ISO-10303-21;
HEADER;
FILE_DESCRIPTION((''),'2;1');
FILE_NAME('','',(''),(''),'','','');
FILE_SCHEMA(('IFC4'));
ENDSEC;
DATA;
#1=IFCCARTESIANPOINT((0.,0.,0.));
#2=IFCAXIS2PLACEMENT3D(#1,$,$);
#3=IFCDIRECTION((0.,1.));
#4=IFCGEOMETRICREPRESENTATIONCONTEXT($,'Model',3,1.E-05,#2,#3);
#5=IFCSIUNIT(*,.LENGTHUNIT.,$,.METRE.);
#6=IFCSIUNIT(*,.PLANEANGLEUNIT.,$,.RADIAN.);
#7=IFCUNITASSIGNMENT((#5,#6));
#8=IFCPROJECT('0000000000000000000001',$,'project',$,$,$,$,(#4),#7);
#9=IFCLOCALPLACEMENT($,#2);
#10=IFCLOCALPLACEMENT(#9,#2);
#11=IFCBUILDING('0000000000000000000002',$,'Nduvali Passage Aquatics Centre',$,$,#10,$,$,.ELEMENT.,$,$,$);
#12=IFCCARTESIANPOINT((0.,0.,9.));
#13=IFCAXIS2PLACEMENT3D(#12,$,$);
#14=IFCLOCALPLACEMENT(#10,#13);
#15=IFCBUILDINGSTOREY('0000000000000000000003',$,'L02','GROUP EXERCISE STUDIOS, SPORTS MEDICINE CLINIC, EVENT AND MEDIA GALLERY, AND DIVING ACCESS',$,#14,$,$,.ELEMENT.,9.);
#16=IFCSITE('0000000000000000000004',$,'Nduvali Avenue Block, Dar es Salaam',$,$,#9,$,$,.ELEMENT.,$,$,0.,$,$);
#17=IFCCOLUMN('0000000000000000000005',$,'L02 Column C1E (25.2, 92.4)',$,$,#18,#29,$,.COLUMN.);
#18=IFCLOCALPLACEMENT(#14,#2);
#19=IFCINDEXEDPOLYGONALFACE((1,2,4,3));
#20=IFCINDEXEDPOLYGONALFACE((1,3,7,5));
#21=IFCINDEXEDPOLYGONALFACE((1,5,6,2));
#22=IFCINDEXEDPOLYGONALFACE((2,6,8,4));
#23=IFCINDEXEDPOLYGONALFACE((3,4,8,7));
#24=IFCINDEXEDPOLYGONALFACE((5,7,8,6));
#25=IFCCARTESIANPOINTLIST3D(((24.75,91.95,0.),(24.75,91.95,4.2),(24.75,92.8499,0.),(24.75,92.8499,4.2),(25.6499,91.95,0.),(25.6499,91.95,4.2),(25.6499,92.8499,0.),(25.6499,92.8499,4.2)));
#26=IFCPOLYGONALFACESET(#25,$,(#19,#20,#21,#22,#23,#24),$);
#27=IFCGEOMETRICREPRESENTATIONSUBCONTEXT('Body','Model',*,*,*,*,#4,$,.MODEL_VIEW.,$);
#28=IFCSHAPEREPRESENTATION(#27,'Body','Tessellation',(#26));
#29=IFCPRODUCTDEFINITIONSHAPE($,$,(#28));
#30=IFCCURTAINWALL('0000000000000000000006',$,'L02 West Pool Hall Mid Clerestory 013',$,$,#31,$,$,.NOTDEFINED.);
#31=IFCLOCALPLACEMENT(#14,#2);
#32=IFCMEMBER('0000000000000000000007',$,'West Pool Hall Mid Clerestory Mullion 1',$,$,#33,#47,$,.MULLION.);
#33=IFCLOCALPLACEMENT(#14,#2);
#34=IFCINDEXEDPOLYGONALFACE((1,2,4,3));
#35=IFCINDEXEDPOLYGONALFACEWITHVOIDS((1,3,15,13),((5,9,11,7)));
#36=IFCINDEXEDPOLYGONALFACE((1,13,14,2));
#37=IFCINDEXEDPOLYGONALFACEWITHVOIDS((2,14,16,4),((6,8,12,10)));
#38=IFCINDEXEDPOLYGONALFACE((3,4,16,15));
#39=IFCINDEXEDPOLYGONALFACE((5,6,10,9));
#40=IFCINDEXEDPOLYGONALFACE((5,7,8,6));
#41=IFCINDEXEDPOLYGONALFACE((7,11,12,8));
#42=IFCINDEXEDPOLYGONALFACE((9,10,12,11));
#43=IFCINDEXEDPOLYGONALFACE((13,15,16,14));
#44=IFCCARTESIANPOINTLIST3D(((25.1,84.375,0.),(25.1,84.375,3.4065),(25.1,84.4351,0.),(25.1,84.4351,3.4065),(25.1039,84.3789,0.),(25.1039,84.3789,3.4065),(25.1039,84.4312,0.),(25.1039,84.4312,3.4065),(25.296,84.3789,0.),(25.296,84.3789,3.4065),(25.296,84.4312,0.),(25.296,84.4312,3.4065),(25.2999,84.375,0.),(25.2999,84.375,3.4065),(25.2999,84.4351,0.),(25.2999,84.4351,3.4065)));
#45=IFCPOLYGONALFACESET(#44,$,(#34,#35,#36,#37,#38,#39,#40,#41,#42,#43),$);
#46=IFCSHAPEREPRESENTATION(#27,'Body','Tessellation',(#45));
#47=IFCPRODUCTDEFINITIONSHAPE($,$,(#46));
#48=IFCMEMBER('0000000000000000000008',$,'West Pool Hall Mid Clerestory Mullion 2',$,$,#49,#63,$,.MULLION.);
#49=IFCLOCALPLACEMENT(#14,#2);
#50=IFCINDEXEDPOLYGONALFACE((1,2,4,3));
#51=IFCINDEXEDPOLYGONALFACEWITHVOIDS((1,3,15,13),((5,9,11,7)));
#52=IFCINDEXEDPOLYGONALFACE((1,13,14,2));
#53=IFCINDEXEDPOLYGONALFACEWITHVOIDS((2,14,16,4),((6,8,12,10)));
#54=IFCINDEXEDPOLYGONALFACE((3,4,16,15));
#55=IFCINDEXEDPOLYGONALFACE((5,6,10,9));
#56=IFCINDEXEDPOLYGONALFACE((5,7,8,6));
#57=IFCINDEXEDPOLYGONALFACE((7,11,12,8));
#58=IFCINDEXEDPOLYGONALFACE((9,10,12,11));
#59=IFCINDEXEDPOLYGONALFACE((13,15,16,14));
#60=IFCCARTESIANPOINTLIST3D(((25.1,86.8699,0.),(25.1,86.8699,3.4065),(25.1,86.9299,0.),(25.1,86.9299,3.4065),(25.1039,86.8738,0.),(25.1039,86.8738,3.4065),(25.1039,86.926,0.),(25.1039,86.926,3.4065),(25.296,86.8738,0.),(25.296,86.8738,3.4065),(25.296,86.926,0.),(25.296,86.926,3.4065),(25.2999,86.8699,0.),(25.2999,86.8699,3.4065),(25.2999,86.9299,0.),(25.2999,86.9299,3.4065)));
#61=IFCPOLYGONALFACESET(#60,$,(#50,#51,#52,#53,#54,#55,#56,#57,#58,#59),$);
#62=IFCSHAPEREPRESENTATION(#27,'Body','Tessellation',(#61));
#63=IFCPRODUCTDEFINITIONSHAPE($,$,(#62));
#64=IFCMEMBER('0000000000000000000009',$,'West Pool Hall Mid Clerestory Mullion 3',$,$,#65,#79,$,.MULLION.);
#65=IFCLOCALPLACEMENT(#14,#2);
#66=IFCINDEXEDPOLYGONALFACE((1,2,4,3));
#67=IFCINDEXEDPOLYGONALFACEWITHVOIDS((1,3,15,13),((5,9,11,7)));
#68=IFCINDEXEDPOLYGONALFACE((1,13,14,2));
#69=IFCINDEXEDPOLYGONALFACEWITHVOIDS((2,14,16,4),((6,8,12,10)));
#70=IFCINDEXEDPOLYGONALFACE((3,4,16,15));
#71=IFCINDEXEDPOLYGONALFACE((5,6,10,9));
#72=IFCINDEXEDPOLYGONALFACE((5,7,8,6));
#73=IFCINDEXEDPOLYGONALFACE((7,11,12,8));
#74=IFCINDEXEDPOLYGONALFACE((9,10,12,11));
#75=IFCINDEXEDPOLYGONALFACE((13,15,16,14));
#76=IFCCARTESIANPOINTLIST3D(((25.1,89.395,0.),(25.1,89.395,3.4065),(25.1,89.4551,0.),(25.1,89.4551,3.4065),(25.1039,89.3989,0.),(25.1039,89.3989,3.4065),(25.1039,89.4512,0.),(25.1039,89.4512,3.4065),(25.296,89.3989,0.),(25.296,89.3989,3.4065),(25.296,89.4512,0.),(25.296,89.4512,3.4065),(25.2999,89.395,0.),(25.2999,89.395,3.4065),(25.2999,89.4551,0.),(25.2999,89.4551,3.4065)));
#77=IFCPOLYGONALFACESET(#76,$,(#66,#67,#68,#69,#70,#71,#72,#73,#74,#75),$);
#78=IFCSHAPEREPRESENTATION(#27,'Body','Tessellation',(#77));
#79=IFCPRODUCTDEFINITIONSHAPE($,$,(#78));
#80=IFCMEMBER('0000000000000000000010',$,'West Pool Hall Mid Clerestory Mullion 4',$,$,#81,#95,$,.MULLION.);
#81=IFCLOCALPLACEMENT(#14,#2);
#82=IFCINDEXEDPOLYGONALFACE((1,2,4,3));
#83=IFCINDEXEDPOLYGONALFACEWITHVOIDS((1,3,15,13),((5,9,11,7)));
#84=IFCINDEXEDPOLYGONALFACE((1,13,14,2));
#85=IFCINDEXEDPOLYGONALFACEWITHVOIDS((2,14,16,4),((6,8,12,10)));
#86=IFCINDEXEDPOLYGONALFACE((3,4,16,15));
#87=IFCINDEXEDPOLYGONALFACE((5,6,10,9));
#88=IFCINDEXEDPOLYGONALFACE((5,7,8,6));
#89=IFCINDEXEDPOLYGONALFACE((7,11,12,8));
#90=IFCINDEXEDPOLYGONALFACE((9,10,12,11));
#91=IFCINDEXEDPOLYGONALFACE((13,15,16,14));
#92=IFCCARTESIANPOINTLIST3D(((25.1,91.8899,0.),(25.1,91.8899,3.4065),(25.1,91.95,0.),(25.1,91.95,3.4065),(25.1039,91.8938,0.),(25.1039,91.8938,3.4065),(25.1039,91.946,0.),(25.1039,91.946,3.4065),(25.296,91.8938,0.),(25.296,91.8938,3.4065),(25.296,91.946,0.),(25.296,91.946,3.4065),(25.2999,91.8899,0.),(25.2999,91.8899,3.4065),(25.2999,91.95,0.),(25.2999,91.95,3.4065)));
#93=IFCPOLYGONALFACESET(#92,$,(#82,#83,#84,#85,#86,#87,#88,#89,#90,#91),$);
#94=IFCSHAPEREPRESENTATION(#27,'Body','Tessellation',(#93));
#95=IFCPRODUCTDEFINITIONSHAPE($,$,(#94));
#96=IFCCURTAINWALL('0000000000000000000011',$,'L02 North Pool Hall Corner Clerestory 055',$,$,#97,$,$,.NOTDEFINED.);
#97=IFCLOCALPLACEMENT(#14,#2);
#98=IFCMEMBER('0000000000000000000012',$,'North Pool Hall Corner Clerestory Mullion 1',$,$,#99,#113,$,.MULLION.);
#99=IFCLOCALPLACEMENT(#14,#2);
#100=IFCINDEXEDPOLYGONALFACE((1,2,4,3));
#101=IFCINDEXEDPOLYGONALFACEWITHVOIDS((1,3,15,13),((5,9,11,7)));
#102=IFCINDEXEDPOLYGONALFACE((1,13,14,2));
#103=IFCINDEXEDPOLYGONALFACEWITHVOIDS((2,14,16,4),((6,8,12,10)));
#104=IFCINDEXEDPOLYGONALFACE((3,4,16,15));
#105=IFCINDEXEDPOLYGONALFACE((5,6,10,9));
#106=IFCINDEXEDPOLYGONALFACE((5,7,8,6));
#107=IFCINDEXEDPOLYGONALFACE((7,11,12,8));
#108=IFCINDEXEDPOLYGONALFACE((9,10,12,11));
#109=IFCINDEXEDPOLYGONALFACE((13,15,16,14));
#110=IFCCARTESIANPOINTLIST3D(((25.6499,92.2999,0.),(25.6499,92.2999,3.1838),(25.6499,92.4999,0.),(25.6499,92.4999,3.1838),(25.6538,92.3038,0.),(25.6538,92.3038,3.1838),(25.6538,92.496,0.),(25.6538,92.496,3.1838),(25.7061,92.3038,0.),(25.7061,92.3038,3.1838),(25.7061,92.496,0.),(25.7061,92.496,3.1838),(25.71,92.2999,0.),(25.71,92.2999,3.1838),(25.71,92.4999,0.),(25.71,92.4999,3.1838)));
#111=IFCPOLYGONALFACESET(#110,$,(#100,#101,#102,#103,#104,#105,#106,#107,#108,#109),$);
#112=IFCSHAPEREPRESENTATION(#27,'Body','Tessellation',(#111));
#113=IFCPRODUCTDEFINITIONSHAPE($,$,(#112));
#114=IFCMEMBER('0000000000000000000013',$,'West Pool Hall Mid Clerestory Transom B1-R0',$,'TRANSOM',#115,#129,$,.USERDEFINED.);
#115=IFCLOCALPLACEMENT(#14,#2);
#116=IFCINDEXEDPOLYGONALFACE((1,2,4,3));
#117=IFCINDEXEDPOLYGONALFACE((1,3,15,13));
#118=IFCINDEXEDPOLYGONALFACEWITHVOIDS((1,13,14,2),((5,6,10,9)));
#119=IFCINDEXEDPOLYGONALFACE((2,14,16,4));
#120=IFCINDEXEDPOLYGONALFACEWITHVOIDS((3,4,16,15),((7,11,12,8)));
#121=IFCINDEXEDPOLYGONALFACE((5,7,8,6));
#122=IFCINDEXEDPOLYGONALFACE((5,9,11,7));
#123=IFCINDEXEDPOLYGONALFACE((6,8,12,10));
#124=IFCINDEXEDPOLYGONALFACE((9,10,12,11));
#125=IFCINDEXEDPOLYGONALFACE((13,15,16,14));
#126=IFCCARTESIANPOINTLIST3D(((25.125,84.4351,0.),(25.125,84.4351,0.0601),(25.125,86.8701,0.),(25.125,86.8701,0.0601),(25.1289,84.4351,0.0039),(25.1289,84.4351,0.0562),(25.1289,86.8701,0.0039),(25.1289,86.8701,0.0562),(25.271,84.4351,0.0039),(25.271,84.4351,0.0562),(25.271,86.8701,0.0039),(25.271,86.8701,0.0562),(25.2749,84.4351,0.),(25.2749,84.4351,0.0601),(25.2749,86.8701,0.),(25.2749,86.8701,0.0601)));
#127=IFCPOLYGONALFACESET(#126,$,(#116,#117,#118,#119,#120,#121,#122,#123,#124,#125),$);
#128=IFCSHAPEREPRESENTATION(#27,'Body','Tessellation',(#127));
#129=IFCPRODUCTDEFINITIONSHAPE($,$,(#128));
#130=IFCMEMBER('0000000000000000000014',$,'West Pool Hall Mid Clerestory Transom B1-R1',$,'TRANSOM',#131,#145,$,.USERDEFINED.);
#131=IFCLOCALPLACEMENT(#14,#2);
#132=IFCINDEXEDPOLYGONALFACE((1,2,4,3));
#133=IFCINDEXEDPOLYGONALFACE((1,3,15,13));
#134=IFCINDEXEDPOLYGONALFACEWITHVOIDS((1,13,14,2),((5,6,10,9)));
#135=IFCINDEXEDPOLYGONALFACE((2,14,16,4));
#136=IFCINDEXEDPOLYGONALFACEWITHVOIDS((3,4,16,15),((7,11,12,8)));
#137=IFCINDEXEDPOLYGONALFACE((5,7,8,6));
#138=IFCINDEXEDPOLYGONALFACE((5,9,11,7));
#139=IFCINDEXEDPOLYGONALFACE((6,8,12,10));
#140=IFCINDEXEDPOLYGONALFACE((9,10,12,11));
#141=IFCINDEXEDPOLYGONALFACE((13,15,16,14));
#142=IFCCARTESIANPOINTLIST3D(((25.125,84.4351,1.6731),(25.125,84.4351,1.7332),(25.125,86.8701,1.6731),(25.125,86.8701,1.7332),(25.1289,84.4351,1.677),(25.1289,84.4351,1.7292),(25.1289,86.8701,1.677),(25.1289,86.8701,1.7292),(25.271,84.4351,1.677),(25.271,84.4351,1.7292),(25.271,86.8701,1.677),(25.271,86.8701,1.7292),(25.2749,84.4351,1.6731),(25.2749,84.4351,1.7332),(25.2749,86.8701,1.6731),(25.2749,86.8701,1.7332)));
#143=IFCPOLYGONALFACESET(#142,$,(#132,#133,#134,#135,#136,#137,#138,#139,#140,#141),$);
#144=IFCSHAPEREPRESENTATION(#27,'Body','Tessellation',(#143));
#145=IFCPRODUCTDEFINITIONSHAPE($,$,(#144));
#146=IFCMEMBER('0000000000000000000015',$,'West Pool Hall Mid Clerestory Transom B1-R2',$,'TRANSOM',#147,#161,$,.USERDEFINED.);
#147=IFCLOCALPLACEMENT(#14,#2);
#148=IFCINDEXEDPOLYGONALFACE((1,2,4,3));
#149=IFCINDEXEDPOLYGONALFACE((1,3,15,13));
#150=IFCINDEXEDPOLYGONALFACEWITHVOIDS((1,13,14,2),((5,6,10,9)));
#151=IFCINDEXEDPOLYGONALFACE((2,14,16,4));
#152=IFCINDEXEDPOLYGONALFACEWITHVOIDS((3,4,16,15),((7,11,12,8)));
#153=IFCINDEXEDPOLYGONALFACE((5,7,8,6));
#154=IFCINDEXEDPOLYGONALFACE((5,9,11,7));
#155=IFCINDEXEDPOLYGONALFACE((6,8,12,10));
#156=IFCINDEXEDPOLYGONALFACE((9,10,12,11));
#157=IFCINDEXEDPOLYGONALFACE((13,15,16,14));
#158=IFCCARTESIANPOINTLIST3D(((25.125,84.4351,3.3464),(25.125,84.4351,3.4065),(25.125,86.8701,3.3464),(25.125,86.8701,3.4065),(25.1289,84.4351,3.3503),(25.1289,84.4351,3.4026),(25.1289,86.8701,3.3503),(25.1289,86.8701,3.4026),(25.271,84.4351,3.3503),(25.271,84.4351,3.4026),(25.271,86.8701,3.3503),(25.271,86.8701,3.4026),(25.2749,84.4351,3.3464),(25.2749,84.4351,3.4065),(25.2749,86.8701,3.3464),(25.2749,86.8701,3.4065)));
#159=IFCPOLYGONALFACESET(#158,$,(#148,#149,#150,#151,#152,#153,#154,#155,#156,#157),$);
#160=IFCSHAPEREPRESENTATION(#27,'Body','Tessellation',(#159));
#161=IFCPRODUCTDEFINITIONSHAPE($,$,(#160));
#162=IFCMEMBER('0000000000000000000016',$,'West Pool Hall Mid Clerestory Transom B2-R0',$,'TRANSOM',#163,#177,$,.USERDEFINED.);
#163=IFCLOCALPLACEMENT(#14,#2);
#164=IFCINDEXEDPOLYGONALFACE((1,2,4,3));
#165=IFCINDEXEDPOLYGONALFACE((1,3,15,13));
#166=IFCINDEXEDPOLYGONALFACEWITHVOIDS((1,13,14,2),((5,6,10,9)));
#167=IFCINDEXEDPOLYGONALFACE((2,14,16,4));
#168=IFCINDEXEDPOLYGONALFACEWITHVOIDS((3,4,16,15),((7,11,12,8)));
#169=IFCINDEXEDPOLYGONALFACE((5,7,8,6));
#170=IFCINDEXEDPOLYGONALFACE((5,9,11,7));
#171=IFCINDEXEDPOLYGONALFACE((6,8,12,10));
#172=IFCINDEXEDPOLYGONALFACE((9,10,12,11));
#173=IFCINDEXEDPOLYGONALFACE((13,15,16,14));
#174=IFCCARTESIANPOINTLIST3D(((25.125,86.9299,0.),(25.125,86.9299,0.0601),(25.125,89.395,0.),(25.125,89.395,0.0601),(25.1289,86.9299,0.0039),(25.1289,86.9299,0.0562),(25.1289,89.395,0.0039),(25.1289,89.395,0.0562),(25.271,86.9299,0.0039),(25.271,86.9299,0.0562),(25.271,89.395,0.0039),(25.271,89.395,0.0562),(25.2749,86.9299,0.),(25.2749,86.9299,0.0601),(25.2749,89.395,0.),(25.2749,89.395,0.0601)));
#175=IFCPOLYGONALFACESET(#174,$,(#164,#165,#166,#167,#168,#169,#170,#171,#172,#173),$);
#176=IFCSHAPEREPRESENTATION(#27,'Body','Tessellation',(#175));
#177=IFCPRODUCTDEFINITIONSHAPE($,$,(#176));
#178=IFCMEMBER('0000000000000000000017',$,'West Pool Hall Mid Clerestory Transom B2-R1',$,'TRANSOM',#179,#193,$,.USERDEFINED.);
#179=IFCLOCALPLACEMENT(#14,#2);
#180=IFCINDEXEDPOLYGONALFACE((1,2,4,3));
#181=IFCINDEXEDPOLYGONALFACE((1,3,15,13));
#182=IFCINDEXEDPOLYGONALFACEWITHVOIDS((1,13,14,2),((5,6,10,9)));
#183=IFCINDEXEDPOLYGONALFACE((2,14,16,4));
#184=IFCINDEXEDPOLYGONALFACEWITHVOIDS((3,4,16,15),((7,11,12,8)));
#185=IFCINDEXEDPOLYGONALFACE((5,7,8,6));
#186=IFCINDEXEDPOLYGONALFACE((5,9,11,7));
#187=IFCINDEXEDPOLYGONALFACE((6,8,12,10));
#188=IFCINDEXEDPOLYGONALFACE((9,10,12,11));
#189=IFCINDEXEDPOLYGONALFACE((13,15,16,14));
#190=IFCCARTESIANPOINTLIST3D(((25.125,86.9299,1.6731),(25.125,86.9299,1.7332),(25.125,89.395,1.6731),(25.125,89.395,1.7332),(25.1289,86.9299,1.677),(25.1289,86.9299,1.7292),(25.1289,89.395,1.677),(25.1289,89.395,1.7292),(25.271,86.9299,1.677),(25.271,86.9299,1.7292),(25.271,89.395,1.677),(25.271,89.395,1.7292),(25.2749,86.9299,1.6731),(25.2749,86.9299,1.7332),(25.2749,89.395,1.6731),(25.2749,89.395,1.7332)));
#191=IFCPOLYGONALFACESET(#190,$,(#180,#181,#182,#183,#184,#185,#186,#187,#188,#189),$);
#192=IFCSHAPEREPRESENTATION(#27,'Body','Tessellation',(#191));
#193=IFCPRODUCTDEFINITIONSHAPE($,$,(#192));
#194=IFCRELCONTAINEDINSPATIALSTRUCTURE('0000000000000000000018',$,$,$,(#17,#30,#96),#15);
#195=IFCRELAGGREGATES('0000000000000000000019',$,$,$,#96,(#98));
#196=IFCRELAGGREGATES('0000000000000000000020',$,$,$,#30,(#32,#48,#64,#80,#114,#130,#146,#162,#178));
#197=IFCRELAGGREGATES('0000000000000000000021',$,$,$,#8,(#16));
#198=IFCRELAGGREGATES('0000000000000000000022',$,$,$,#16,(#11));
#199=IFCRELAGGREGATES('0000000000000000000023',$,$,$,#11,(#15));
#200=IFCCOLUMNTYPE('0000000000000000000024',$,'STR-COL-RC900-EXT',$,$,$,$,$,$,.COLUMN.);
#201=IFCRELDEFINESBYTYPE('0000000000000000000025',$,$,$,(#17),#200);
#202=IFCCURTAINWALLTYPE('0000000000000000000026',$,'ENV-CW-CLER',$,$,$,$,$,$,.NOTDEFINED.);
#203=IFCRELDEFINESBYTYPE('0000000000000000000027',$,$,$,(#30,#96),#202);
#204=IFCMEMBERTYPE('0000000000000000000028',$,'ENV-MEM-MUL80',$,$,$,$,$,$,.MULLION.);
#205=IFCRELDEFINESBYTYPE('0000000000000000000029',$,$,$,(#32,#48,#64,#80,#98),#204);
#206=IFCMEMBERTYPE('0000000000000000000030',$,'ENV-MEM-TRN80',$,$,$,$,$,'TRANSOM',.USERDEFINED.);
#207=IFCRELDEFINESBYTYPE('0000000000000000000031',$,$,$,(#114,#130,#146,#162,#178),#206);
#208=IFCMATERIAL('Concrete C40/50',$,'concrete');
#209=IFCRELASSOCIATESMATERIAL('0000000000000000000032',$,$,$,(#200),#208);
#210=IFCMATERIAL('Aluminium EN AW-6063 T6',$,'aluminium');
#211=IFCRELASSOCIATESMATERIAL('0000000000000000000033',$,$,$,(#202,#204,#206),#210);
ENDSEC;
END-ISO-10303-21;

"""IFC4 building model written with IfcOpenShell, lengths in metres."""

from ifc_helpers import new_model, si_unit, direction, frame, origin, origin_2d, place, context, subcontext, project, spatial, rectangle, hollow_rectangle, extrude, material, material_profile, profile_set, type_object, element, aggregate, save


model = new_model("IFC4")

# Units and contexts
model_context = context("Model", 3, precision=1e-05, world=origin(), true_north=direction((0.0, 1.0)))
body_context = subcontext(model_context, "Body", "Model", "MODEL_VIEW")
ifc_project = project(units=[si_unit("LENGTHUNIT", "METRE"), si_unit("PLANEANGLEUNIT", "RADIAN")], contexts=[model_context])

# Site, building, storey
site_placement = place(None, origin())
site = spatial("IfcSite", under=ifc_project, at=site_placement, Name="Nduvali Avenue Block, Dar es Salaam", CompositionType="ELEMENT", RefElevation=0.0)
building_placement = place(site_placement, origin())
building = spatial("IfcBuilding", under=site, at=building_placement, Name="Nduvali Passage Aquatics Centre", CompositionType="ELEMENT")
storey_placement = place(building_placement, frame((0.0, 0.0, 9.0)))
storey = spatial("IfcBuildingStorey", under=building, at=storey_placement, Name="L02", Description="GROUP EXERCISE STUDIOS, SPORTS MEDICINE CLINIC, EVENT AND MEDIA GALLERY, AND DIVING ACCESS", CompositionType="ELEMENT", Elevation=9.0)

# Column
ifc_material_1 = material(Name="Concrete C40/50", Category="concrete")
ifc_material_profile_1 = material_profile(ifc_material_1, rectangle(XDim=0.8999, YDim=0.8999, at=origin_2d()), Name="RC 900x900")
ifc_profile_set_1 = profile_set([ifc_material_profile_1], Name="Concrete C40/50")
column_type = type_object("IfcColumnType", Name="STR-COL-RC900-EXT", PredefinedType="COLUMN", material=ifc_profile_set_1)
column_placement = place(storey_placement, frame((25.2, 92.3999, 0.0), z_axis=(0.0, 0.0, 1.0), x_axis=(1.0, 0.0, 0.0)))
element("IfcColumn", 1, at=column_placement, inside=storey, type_object=column_type, Name="L02 Column C1E (25.2, 92.4)", PredefinedType="COLUMN", context=body_context, shape_type="SweptSolid", body=[
    extrude(rectangle(XDim=0.8999, YDim=0.8999, at=origin_2d()), origin(), (0.0, 0.0, 1.0), 4.2),
])

# Curtain wall, members
ifc_material_2 = material(Name="Aluminium EN AW-6063 T6", Category="aluminium")
curtain_wall_type = type_object("IfcCurtainWallType", Name="ENV-CW-CLER", PredefinedType="NOTDEFINED", material=ifc_material_2)
curtain_wall_1_placement = place(storey_placement, origin())
curtain_wall_1 = element("IfcCurtainWall", 2, at=curtain_wall_1_placement, inside=storey, type_object=curtain_wall_type, Name="L02 West Pool Hall Mid Clerestory 013", PredefinedType="NOTDEFINED")
ifc_material_profile_2 = material_profile(ifc_material_2, hollow_rectangle(XDim=0.0601, YDim=0.2, WallThickness=0.0039, at=origin_2d()), Name="ALU MULLION 60x200x4")
ifc_profile_set_2 = profile_set([ifc_material_profile_2], Name="Aluminium EN AW-6063 T6")
member_type_1 = type_object("IfcMemberType", Name="ENV-MEM-MUL80", PredefinedType="MULLION", material=ifc_profile_set_2)
member_1_placement = place(storey_placement, frame((25.2, 84.405, 0.0), z_axis=(0.0, 0.0, 1.0), x_axis=(0.0, 1.0, 0.0)))
member_1 = element("IfcMember", 3, at=member_1_placement, type_object=member_type_1, Name="West Pool Hall Mid Clerestory Mullion 1", PredefinedType="MULLION", context=body_context, shape_type="SweptSolid", body=[
    extrude(hollow_rectangle(XDim=0.0601, YDim=0.2, WallThickness=0.0039, at=origin_2d()), origin(), (0.0, 0.0, 1.0), 3.4065),
])
member_2_placement = place(storey_placement, frame((25.2, 86.8999, 0.0), z_axis=(0.0, 0.0, 1.0), x_axis=(0.0, 1.0, 0.0)))
member_2 = element("IfcMember", 4, at=member_2_placement, type_object=member_type_1, Name="West Pool Hall Mid Clerestory Mullion 2", PredefinedType="MULLION", context=body_context, shape_type="SweptSolid", body=[
    extrude(hollow_rectangle(XDim=0.0601, YDim=0.2, WallThickness=0.0039, at=origin_2d()), origin(), (0.0, 0.0, 1.0), 3.4065),
])
member_3_placement = place(storey_placement, frame((25.2, 89.425, 0.0), z_axis=(0.0, 0.0, 1.0), x_axis=(0.0, 1.0, 0.0)))
member_3 = element("IfcMember", 5, at=member_3_placement, type_object=member_type_1, Name="West Pool Hall Mid Clerestory Mullion 3", PredefinedType="MULLION", context=body_context, shape_type="SweptSolid", body=[
    extrude(hollow_rectangle(XDim=0.0601, YDim=0.2, WallThickness=0.0039, at=origin_2d()), origin(), (0.0, 0.0, 1.0), 3.4065),
])
member_4_placement = place(storey_placement, frame((25.2, 91.9199, 0.0), z_axis=(0.0, 0.0, 1.0), x_axis=(0.0, 1.0, 0.0)))
member_4 = element("IfcMember", 6, at=member_4_placement, type_object=member_type_1, Name="West Pool Hall Mid Clerestory Mullion 4", PredefinedType="MULLION", context=body_context, shape_type="SweptSolid", body=[
    extrude(hollow_rectangle(XDim=0.0601, YDim=0.2, WallThickness=0.0039, at=origin_2d()), origin(), (0.0, 0.0, 1.0), 3.4065),
])

# Curtain wall, member
curtain_wall_2_placement = place(storey_placement, origin())
curtain_wall_2 = element("IfcCurtainWall", 7, at=curtain_wall_2_placement, inside=storey, type_object=curtain_wall_type, Name="L02 North Pool Hall Corner Clerestory 055", PredefinedType="NOTDEFINED")
member_5_placement = place(storey_placement, frame((25.6799, 92.3999, 0.0), z_axis=(0.0, 0.0, 1.0), x_axis=(1.0, 0.0, 0.0)))
member_5 = element("IfcMember", 8, at=member_5_placement, type_object=member_type_1, Name="North Pool Hall Corner Clerestory Mullion 1", PredefinedType="MULLION", context=body_context, shape_type="SweptSolid", body=[
    extrude(hollow_rectangle(XDim=0.0601, YDim=0.2, WallThickness=0.0039, at=origin_2d()), origin(), (0.0, 0.0, 1.0), 3.1838),
])

# Members
ifc_material_profile_3 = material_profile(ifc_material_2, hollow_rectangle(XDim=0.1499, YDim=0.0601, WallThickness=0.0039, at=origin_2d()), Name="ALU TRANSOM 150x60x4")
ifc_profile_set_3 = profile_set([ifc_material_profile_3], Name="Aluminium EN AW-6063 T6")
member_type_2 = type_object("IfcMemberType", Name="ENV-MEM-TRN80", ElementType="TRANSOM", PredefinedType="USERDEFINED", material=ifc_profile_set_3)
member_6_placement = place(storey_placement, frame((25.2, 84.4351, 0.03), z_axis=(0.0, 1.0, 0.0), x_axis=(-1.0, 0.0, 0.0)))
member_6 = element("IfcMember", 9, at=member_6_placement, type_object=member_type_2, Name="West Pool Hall Mid Clerestory Transom B1-R0", ObjectType="TRANSOM", PredefinedType="USERDEFINED", context=body_context, shape_type="SweptSolid", body=[
    extrude(hollow_rectangle(XDim=0.1499, YDim=0.0601, WallThickness=0.0039, at=origin_2d()), origin(), (0.0, 0.0, 1.0), 2.4351),
])
member_7_placement = place(storey_placement, frame((25.2, 84.4351, 1.7031), z_axis=(0.0, 1.0, 0.0), x_axis=(-1.0, 0.0, 0.0)))
member_7 = element("IfcMember", 10, at=member_7_placement, type_object=member_type_2, Name="West Pool Hall Mid Clerestory Transom B1-R1", ObjectType="TRANSOM", PredefinedType="USERDEFINED", context=body_context, shape_type="SweptSolid", body=[
    extrude(hollow_rectangle(XDim=0.1499, YDim=0.0601, WallThickness=0.0039, at=origin_2d()), origin(), (0.0, 0.0, 1.0), 2.4351),
])
member_8_placement = place(storey_placement, frame((25.2, 84.4351, 3.3765), z_axis=(0.0, 1.0, 0.0), x_axis=(-1.0, 0.0, 0.0)))
member_8 = element("IfcMember", 11, at=member_8_placement, type_object=member_type_2, Name="West Pool Hall Mid Clerestory Transom B1-R2", ObjectType="TRANSOM", PredefinedType="USERDEFINED", context=body_context, shape_type="SweptSolid", body=[
    extrude(hollow_rectangle(XDim=0.1499, YDim=0.0601, WallThickness=0.0039, at=origin_2d()), origin(), (0.0, 0.0, 1.0), 2.4351),
])
member_9_placement = place(storey_placement, frame((25.2, 86.9299, 0.03), z_axis=(0.0, 1.0, 0.0), x_axis=(-1.0, 0.0, 0.0)))
member_9 = element("IfcMember", 12, at=member_9_placement, type_object=member_type_2, Name="West Pool Hall Mid Clerestory Transom B2-R0", ObjectType="TRANSOM", PredefinedType="USERDEFINED", context=body_context, shape_type="SweptSolid", body=[
    extrude(hollow_rectangle(XDim=0.1499, YDim=0.0601, WallThickness=0.0039, at=origin_2d()), origin(), (0.0, 0.0, 1.0), 2.4651),
])
member_10_placement = place(storey_placement, frame((25.2, 86.9299, 1.7031), z_axis=(0.0, 1.0, 0.0), x_axis=(-1.0, 0.0, 0.0)))
member_10 = element("IfcMember", 13, at=member_10_placement, type_object=member_type_2, Name="West Pool Hall Mid Clerestory Transom B2-R1", ObjectType="TRANSOM", PredefinedType="USERDEFINED", context=body_context, shape_type="SweptSolid", body=[
    extrude(hollow_rectangle(XDim=0.1499, YDim=0.0601, WallThickness=0.0039, at=origin_2d()), origin(), (0.0, 0.0, 1.0), 2.4651),
])
aggregate(curtain_wall_2, [member_5])

aggregate(curtain_wall_1, [member_1, member_2, member_3, member_4, member_6, member_7, member_8, member_9, member_10])

save(model, "model.ifc")
